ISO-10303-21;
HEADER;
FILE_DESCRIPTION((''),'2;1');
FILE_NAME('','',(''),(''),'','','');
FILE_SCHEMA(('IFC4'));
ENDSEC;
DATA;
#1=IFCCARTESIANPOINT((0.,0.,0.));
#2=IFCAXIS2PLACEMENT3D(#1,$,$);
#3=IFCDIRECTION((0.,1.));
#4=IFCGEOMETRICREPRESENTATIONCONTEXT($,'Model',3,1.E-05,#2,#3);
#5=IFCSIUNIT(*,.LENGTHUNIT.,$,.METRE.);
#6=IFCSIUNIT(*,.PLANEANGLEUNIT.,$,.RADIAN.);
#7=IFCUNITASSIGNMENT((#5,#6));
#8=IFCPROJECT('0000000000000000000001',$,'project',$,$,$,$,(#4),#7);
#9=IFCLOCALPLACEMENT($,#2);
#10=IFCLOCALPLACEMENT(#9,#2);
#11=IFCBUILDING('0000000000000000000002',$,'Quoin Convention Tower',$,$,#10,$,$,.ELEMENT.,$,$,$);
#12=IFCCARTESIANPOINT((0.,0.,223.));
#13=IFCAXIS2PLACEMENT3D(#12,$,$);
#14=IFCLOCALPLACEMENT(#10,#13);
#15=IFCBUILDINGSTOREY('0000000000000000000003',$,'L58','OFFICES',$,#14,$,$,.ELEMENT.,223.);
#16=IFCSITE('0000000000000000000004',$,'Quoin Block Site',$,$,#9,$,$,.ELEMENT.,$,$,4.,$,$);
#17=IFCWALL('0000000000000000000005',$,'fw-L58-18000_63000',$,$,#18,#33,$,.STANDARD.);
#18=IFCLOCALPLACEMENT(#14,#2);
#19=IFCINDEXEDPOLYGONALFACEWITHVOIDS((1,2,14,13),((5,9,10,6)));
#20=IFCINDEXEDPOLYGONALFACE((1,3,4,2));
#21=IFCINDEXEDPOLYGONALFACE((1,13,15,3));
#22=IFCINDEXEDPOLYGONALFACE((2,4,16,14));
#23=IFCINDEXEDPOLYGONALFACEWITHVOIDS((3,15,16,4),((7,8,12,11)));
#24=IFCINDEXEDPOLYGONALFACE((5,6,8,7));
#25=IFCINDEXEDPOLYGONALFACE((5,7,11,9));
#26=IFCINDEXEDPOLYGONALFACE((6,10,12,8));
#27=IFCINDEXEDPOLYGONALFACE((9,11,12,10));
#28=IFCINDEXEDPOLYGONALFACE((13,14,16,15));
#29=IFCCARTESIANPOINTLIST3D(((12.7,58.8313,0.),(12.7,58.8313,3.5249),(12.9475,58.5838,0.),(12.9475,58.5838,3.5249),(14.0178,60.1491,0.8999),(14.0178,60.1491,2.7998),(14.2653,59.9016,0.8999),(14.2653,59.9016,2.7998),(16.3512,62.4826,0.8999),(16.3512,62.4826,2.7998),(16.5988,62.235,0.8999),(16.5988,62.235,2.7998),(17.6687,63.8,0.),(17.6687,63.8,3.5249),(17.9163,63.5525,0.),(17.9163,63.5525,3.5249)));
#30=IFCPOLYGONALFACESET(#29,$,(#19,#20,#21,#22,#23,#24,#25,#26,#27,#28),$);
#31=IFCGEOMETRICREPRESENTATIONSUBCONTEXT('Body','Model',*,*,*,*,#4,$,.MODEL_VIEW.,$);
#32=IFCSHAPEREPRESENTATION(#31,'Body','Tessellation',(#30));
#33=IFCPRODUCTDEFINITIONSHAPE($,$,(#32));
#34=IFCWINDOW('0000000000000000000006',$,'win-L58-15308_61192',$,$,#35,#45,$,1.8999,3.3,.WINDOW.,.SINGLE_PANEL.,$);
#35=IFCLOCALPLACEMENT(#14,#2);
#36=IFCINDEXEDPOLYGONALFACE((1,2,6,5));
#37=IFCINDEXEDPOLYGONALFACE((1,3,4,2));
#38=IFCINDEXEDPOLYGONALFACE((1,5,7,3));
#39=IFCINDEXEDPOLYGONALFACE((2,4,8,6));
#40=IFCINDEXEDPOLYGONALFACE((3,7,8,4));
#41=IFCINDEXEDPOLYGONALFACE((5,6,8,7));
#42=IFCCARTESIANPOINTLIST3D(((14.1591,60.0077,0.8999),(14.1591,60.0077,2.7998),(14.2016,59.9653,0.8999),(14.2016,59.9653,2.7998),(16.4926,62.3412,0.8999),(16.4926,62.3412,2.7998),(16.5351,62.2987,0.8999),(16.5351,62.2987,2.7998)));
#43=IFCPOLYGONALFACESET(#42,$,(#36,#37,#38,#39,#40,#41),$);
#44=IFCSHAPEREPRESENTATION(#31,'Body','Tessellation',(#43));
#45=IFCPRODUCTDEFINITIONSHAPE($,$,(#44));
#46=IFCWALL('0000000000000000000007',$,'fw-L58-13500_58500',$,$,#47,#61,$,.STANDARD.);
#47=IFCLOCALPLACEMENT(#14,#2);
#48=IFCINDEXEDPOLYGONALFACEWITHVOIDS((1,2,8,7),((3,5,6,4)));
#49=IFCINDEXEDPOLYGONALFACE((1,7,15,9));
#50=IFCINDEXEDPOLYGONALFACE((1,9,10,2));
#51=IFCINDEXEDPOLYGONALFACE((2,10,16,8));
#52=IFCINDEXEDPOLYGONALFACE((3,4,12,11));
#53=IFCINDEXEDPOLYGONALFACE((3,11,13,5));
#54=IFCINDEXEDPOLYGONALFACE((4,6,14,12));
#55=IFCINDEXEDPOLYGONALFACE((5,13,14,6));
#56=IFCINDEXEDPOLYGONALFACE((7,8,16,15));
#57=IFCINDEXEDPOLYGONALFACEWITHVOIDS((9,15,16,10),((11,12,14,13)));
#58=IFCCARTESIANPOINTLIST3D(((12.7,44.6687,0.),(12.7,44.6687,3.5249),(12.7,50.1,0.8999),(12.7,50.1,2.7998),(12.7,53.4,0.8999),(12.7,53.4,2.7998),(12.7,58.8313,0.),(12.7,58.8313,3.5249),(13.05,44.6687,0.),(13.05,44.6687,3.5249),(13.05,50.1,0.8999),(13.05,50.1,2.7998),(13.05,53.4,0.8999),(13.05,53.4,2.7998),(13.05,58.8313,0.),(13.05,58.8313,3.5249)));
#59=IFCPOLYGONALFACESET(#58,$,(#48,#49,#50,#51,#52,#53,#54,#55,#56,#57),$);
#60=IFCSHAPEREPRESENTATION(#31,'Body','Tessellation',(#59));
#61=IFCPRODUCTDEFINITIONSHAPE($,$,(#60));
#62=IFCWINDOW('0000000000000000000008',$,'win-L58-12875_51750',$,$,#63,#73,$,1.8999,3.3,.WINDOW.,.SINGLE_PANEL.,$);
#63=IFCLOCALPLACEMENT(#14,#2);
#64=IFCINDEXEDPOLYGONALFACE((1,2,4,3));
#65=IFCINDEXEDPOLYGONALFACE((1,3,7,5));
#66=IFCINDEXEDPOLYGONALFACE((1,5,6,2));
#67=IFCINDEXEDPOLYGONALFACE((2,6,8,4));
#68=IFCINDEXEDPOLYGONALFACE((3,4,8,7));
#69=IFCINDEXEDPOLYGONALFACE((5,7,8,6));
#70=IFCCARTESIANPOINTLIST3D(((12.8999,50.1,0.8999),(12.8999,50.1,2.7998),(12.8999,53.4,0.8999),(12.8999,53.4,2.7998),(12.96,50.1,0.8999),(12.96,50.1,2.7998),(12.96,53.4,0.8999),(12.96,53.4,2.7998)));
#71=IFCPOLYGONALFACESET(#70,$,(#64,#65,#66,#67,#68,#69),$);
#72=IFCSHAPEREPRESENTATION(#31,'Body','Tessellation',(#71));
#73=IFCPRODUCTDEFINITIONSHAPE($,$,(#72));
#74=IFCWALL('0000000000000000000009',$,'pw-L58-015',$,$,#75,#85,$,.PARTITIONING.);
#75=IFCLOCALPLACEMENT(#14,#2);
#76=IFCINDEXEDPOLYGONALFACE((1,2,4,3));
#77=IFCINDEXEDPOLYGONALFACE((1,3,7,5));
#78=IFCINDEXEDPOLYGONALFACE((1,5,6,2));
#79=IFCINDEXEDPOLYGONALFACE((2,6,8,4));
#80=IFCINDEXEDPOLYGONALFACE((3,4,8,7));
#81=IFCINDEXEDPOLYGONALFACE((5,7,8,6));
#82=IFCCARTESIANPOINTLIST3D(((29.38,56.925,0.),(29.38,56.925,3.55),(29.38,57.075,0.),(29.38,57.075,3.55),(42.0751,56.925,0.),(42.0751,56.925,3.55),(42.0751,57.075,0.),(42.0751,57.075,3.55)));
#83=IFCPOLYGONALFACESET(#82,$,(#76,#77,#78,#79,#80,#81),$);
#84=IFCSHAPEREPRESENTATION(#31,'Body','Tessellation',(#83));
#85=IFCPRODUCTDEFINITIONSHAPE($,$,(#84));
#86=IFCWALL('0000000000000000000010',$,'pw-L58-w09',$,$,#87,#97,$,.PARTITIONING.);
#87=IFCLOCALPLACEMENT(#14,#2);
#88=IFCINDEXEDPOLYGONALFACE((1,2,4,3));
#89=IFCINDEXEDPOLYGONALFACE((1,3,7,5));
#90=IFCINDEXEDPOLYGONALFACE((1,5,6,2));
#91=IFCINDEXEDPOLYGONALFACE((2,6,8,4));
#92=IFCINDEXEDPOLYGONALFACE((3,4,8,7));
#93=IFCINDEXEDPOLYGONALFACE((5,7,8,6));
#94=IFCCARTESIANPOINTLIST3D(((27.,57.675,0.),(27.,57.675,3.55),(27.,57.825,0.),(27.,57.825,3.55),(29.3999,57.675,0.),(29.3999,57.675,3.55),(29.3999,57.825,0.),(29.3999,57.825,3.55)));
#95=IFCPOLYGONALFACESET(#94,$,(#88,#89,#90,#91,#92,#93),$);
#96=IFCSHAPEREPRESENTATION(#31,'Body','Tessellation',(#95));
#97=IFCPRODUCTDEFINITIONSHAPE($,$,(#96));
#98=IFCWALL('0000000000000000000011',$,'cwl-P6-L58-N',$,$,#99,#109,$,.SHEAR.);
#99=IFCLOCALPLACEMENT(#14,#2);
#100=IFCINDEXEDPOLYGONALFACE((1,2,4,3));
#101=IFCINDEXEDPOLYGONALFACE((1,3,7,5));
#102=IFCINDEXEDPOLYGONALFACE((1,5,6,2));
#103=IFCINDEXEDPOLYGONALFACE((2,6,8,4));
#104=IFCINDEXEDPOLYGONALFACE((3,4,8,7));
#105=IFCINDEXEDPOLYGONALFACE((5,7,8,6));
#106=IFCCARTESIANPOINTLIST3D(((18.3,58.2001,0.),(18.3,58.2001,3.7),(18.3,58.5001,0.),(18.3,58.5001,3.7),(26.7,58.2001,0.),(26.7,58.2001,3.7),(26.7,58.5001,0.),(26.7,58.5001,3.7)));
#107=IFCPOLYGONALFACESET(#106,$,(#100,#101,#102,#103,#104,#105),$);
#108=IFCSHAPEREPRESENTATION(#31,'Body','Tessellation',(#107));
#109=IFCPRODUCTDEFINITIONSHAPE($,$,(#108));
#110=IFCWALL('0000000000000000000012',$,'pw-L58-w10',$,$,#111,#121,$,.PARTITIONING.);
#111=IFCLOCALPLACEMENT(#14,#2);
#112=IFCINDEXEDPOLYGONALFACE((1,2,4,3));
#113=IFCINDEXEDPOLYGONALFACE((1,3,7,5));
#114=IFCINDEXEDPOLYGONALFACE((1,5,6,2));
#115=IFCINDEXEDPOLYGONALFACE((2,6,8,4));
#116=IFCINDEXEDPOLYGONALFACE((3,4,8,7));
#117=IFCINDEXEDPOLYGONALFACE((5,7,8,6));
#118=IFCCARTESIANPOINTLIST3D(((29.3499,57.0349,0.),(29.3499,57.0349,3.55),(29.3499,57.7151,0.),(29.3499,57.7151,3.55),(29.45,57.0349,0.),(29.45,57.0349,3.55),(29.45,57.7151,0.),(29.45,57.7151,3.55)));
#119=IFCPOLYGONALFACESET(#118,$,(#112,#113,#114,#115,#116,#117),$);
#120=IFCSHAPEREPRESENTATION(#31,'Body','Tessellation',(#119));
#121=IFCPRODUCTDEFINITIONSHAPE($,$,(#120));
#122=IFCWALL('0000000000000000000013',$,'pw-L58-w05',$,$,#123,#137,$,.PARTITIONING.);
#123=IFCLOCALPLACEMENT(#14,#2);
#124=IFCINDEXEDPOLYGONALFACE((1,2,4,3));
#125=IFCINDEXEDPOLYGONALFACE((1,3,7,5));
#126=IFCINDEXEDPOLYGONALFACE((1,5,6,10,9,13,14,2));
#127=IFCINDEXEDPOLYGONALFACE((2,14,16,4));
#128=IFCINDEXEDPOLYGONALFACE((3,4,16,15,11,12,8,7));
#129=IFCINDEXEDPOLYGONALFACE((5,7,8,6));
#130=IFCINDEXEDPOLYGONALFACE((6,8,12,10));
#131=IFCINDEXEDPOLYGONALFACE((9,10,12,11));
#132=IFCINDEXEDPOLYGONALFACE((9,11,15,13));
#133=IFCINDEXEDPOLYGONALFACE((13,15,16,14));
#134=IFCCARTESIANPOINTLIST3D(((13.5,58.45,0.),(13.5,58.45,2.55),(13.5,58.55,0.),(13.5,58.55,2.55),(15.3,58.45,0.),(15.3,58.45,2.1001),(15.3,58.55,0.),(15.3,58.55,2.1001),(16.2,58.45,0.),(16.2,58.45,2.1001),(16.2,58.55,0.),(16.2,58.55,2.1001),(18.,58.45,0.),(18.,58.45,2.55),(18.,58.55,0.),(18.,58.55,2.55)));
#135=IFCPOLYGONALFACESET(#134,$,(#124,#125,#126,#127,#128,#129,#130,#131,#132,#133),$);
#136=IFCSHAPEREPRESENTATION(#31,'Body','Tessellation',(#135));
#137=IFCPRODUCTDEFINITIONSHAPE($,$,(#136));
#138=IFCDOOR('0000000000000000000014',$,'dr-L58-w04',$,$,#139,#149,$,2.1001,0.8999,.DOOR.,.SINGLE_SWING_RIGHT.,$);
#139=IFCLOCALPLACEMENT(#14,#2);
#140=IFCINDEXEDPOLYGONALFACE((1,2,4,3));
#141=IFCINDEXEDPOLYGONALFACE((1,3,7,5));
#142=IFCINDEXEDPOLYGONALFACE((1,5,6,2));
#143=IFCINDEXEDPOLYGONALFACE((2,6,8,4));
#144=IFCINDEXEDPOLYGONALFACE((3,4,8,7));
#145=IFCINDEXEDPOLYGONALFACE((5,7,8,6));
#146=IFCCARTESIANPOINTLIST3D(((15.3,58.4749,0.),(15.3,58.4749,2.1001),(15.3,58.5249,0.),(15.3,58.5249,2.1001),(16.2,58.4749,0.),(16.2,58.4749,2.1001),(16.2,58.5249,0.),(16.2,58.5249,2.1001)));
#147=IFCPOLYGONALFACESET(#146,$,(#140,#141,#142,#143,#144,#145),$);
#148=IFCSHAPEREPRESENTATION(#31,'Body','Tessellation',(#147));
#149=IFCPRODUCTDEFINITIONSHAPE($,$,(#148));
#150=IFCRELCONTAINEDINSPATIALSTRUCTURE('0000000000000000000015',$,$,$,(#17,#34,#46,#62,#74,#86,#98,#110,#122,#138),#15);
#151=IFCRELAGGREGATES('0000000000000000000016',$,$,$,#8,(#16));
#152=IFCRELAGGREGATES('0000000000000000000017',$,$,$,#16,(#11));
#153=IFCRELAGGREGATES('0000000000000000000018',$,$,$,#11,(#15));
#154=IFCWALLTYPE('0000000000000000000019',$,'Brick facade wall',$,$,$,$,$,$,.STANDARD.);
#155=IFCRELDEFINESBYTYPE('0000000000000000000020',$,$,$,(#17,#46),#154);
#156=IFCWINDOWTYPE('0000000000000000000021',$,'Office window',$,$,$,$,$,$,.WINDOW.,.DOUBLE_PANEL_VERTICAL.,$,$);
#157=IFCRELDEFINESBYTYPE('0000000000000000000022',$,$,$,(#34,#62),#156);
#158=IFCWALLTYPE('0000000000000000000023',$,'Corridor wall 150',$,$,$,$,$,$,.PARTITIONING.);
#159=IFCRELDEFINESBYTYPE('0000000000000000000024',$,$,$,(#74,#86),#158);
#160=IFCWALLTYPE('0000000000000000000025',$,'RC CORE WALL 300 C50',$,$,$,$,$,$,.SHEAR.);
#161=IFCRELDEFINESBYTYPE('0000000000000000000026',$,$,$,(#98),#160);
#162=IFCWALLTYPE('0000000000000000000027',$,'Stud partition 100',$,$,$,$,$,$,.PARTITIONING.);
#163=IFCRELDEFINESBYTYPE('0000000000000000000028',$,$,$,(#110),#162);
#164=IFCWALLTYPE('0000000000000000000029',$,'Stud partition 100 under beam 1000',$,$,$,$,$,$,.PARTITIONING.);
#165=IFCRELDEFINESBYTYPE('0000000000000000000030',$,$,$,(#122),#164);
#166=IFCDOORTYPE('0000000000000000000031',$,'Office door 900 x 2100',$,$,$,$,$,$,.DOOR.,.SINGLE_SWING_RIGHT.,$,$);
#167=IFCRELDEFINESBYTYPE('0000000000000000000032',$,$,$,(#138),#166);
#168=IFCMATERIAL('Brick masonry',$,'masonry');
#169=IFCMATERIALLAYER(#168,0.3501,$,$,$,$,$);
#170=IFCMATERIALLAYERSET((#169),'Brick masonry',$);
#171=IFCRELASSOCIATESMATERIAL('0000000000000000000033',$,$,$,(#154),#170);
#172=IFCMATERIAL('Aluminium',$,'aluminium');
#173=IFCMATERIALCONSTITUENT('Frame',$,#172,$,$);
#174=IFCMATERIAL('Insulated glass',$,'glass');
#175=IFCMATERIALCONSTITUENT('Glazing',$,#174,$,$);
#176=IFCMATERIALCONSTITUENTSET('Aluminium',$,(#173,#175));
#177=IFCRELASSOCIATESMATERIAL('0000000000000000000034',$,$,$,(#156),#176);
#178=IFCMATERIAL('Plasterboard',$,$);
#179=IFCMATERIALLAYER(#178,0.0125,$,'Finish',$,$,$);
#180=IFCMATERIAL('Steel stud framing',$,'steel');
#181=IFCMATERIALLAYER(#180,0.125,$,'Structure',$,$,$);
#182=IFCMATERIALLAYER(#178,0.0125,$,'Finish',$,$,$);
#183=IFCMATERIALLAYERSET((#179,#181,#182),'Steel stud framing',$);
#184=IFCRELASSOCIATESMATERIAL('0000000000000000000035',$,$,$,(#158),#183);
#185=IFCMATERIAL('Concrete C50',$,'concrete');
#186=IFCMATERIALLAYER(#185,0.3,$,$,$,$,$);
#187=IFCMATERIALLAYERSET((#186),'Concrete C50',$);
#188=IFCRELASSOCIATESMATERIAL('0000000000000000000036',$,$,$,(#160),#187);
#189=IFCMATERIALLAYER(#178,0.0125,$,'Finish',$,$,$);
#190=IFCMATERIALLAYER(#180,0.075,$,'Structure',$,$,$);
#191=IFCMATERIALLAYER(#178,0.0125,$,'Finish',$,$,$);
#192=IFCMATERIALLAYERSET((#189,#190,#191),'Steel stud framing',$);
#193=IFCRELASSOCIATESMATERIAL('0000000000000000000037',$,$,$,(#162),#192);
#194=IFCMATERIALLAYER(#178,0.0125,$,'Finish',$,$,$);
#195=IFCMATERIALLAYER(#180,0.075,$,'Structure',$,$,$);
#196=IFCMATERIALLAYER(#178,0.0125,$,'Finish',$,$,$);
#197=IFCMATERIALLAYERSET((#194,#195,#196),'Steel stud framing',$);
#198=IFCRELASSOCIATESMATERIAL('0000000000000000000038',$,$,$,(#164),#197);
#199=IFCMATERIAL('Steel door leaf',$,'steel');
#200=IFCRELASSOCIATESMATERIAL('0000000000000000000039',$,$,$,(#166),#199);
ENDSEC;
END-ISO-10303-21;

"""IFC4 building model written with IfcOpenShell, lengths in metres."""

from ifc_helpers import new_model, si_unit, direction, frame, frame_2d, origin, place, context, subcontext, project, spatial, rectangle, extrude, material, layer, layer_set, constituent, constituent_set, type_object, element, fill, save


model = new_model("IFC4")

# Units and contexts
model_context = context("Model", 3, precision=1e-05, world=origin(), true_north=direction((0.0, 1.0)))
body_context = subcontext(model_context, "Body", "Model", "MODEL_VIEW")
ifc_project = project(units=[si_unit("LENGTHUNIT", "METRE"), si_unit("PLANEANGLEUNIT", "RADIAN")], contexts=[model_context])

# Site, building, storey
site_placement = place(None, origin())
site = spatial("IfcSite", under=ifc_project, at=site_placement, Name="Quoin Block Site", CompositionType="ELEMENT", RefElevation=4.0)
building_placement = place(site_placement, origin())
building = spatial("IfcBuilding", under=site, at=building_placement, Name="Quoin Convention Tower", CompositionType="ELEMENT")
storey_placement = place(building_placement, frame((0.0, 0.0, 223.0)))
storey = spatial("IfcBuildingStorey", under=building, at=storey_placement, Name="L58", Description="OFFICES", CompositionType="ELEMENT", Elevation=223.0)

# Shared definitions
ifc_material_1 = material(Name="Concrete C50", Category="concrete")

# Walls, openings, windows
ifc_material_2 = material(Name="Brick masonry", Category="masonry")
ifc_layer_1 = layer(ifc_material_2, 0.3501)
ifc_layer_set_1 = layer_set([ifc_layer_1], Name="Brick masonry")
wall_type_1 = type_object("IfcWallType", Name="Brick facade wall", PredefinedType="STANDARD", material=ifc_layer_set_1)
ifc_material_3 = material(Name="Aluminium", Category="aluminium")
ifc_constituent_1 = constituent(ifc_material_3, Name="Frame")
ifc_material_4 = material(Name="Insulated glass", Category="glass")
ifc_constituent_2 = constituent(ifc_material_4, Name="Glazing")
ifc_constituent_set = constituent_set(constituents=[ifc_constituent_1, ifc_constituent_2], Name="Aluminium")
window_type = type_object("IfcWindowType", Name="Office window", PartitioningType="DOUBLE_PANEL_VERTICAL", PredefinedType="WINDOW", material=ifc_constituent_set)
wall_1_placement = place(storey_placement, frame((17.7925, 63.6763, 0.0), z_axis=(0.0, 0.0, 1.0), x_axis=(-0.707107, -0.707107, 0.0)))
wall_1 = element("IfcWall", 1, at=wall_1_placement, inside=storey, type_object=wall_type_1, Name="fw-L58-18000_63000", PredefinedType="STANDARD", context=body_context, shape_type="SweptSolid", body=[
    extrude(rectangle(XDim=7.0269, YDim=0.3501, at=frame_2d((3.5134, 0.0))), origin(), (0.0, 0.0, 1.0), 3.5249),
])
opening_1_placement = place(wall_1_placement, frame((1.8633, 0.0, 0.8999)))
opening_1 = element("IfcOpeningElement", 2, at=opening_1_placement, cuts=wall_1, PredefinedType="OPENING", context=body_context, shape_type="SweptSolid", body=[
    extrude(rectangle(XDim=3.3, YDim=1.8999, at=frame_2d((1.6499, 0.95))), frame((0.0, 0.1851, 0.0), z_axis=(0.0, -1.0, 0.0), x_axis=(1.0, 0.0, 0.0)), (0.0, 0.0, 1.0), 0.3701),
])
window_1_placement = place(opening_1_placement, origin())
window_1 = element("IfcWindow", 3, at=window_1_placement, inside=storey, type_object=window_type, Name="win-L58-15308_61192", OverallHeight=1.8999, OverallWidth=3.3, PartitioningType="SINGLE_PANEL", PredefinedType="WINDOW", context=body_context, shape_type="SweptSolid", body=[
    extrude(rectangle(XDim=3.3, YDim=1.8999, at=frame_2d((1.6499, 0.95))), frame((0.0, 0.085, 0.0), z_axis=(0.0, -1.0, 0.0), x_axis=(1.0, 0.0, 0.0)), (0.0, 0.0, 1.0), 0.0601),
])
fill(opening_1, window_1)
wall_2_placement = place(storey_placement, frame((12.875, 58.8313, 0.0), z_axis=(0.0, 0.0, 1.0), x_axis=(0.0, -1.0, 0.0)))
wall_2 = element("IfcWall", 4, at=wall_2_placement, inside=storey, type_object=wall_type_1, Name="fw-L58-13500_58500", PredefinedType="STANDARD", context=body_context, shape_type="SweptSolid", body=[
    extrude(rectangle(XDim=14.1626, YDim=0.3501, at=frame_2d((7.0813, 0.0))), origin(), (0.0, 0.0, 1.0), 3.5249),
])
opening_2_placement = place(wall_2_placement, frame((5.4314, 0.0, 0.8999)))
opening_2 = element("IfcOpeningElement", 5, at=opening_2_placement, cuts=wall_2, PredefinedType="OPENING", context=body_context, shape_type="SweptSolid", body=[
    extrude(rectangle(XDim=3.3, YDim=1.8999, at=frame_2d((1.6499, 0.95))), frame((0.0, 0.1851, 0.0), z_axis=(0.0, -1.0, 0.0), x_axis=(1.0, 0.0, 0.0)), (0.0, 0.0, 1.0), 0.3701),
])
window_2_placement = place(opening_2_placement, origin())
window_2 = element("IfcWindow", 6, at=window_2_placement, inside=storey, type_object=window_type, Name="win-L58-12875_51750", OverallHeight=1.8999, OverallWidth=3.3, PartitioningType="SINGLE_PANEL", PredefinedType="WINDOW", context=body_context, shape_type="SweptSolid", body=[
    extrude(rectangle(XDim=3.3, YDim=1.8999, at=frame_2d((1.6499, 0.95))), frame((0.0, 0.085, 0.0), z_axis=(0.0, -1.0, 0.0), x_axis=(1.0, 0.0, 0.0)), (0.0, 0.0, 1.0), 0.0601),
])
fill(opening_2, window_2)

# Walls
ifc_material_5 = material(Name="Plasterboard")
ifc_layer_2 = layer(ifc_material_5, 0.0125, Name="Finish")
ifc_material_6 = material(Name="Steel stud framing", Category="steel")
ifc_layer_3 = layer(ifc_material_6, 0.125, Name="Structure")
ifc_layer_4 = layer(ifc_material_5, 0.0125, Name="Finish")
ifc_layer_set_2 = layer_set([ifc_layer_2, ifc_layer_3, ifc_layer_4], Name="Steel stud framing")
wall_type_2 = type_object("IfcWallType", Name="Corridor wall 150", PredefinedType="PARTITIONING", material=ifc_layer_set_2)
wall_3_placement = place(storey_placement, frame((29.3799, 57.0, 0.0), z_axis=(0.0, 0.0, 1.0), x_axis=(1.0, 0.0, 0.0)))
element("IfcWall", 7, at=wall_3_placement, inside=storey, type_object=wall_type_2, Name="pw-L58-015", PredefinedType="PARTITIONING", context=body_context, shape_type="SweptSolid", body=[
    extrude(rectangle(XDim=12.6951, YDim=0.1499, at=frame_2d((6.3477, 0.0))), origin(), (0.0, 0.0, 1.0), 3.55),
])
wall_4_placement = place(storey_placement, frame((27.0, 57.75, 0.0), z_axis=(0.0, 0.0, 1.0), x_axis=(1.0, 0.0, 0.0)))
element("IfcWall", 8, at=wall_4_placement, inside=storey, type_object=wall_type_2, Name="pw-L58-w09", PredefinedType="PARTITIONING", context=body_context, shape_type="SweptSolid", body=[
    extrude(rectangle(XDim=2.3999, YDim=0.1499, at=frame_2d((1.2, 0.0))), origin(), (0.0, 0.0, 1.0), 3.55),
])
ifc_layer_5 = layer(ifc_material_1, 0.3)
ifc_layer_set_3 = layer_set([ifc_layer_5], Name="Concrete C50")
wall_type_3 = type_object("IfcWallType", Name="RC CORE WALL 300 C50", PredefinedType="SHEAR", material=ifc_layer_set_3)
wall_5_placement = place(storey_placement, frame((18.3, 58.3501, 0.0), z_axis=(0.0, 0.0, 1.0), x_axis=(1.0, 0.0, 0.0)))
element("IfcWall", 9, at=wall_5_placement, inside=storey, type_object=wall_type_3, Name="cwl-P6-L58-N", PredefinedType="SHEAR", context=body_context, shape_type="SweptSolid", body=[
    extrude(rectangle(XDim=8.3999, YDim=0.3, at=frame_2d((4.2, 0.0))), origin(), (0.0, 0.0, 1.0), 3.7),
])
ifc_layer_6 = layer(ifc_material_5, 0.0125, Name="Finish")
ifc_layer_7 = layer(ifc_material_6, 0.075, Name="Structure")
ifc_layer_8 = layer(ifc_material_5, 0.0125, Name="Finish")
ifc_layer_set_4 = layer_set([ifc_layer_6, ifc_layer_7, ifc_layer_8], Name="Steel stud framing")
wall_type_4 = type_object("IfcWallType", Name="Stud partition 100", PredefinedType="PARTITIONING", material=ifc_layer_set_4)
wall_6_placement = place(storey_placement, frame((29.3999, 57.7151, 0.0), z_axis=(0.0, 0.0, 1.0), x_axis=(0.0, -1.0, 0.0)))
element("IfcWall", 10, at=wall_6_placement, inside=storey, type_object=wall_type_4, Name="pw-L58-w10", PredefinedType="PARTITIONING", context=body_context, shape_type="SweptSolid", body=[
    extrude(rectangle(XDim=0.6802, YDim=0.1001, at=frame_2d((0.3401, 0.0))), origin(), (0.0, 0.0, 1.0), 3.55),
])

# Wall, opening, door
ifc_layer_9 = layer(ifc_material_5, 0.0125, Name="Finish")
ifc_layer_10 = layer(ifc_material_6, 0.075, Name="Structure")
ifc_layer_11 = layer(ifc_material_5, 0.0125, Name="Finish")
ifc_layer_set_5 = layer_set([ifc_layer_9, ifc_layer_10, ifc_layer_11], Name="Steel stud framing")
wall_type_5 = type_object("IfcWallType", Name="Stud partition 100 under beam 1000", PredefinedType="PARTITIONING", material=ifc_layer_set_5)
wall_7_placement = place(storey_placement, frame((13.5, 58.5, 0.0), z_axis=(0.0, 0.0, 1.0), x_axis=(1.0, 0.0, 0.0)))
wall_7 = element("IfcWall", 11, at=wall_7_placement, inside=storey, type_object=wall_type_5, Name="pw-L58-w05", PredefinedType="PARTITIONING", context=body_context, shape_type="SweptSolid", body=[
    extrude(rectangle(XDim=4.5, YDim=0.1001, at=frame_2d((2.25, 0.0))), origin(), (0.0, 0.0, 1.0), 2.55),
])
opening_3_placement = place(wall_7_placement, frame((1.8, 0.0, 0.0)))
opening_3 = element("IfcOpeningElement", 12, at=opening_3_placement, cuts=wall_7, PredefinedType="OPENING", context=body_context, shape_type="SweptSolid", body=[
    extrude(rectangle(XDim=0.8999, YDim=2.1001, at=frame_2d((0.45, 1.05))), frame((0.0, 0.0601, 0.0), z_axis=(0.0, -1.0, 0.0), x_axis=(1.0, 0.0, 0.0)), (0.0, 0.0, 1.0), 0.1201),
])
ifc_material_7 = material(Name="Steel door leaf", Category="steel")
door_type = type_object("IfcDoorType", Name="Office door 900 x 2100", OperationType="SINGLE_SWING_RIGHT", PredefinedType="DOOR", material=ifc_material_7)
door_placement = place(opening_3_placement, origin())
door = element("IfcDoor", 13, at=door_placement, inside=storey, type_object=door_type, Name="dr-L58-w04", OperationType="SINGLE_SWING_RIGHT", OverallHeight=2.1001, OverallWidth=0.8999, PredefinedType="DOOR", context=body_context, shape_type="SweptSolid", body=[
    extrude(rectangle(XDim=0.8999, YDim=2.1001, at=frame_2d((0.45, 1.05))), frame((0.0, 0.0249, 0.0), z_axis=(0.0, -1.0, 0.0), x_axis=(1.0, 0.0, 0.0)), (0.0, 0.0, 1.0), 0.05),
])
fill(opening_3, door)

save(model, "model.ifc")
